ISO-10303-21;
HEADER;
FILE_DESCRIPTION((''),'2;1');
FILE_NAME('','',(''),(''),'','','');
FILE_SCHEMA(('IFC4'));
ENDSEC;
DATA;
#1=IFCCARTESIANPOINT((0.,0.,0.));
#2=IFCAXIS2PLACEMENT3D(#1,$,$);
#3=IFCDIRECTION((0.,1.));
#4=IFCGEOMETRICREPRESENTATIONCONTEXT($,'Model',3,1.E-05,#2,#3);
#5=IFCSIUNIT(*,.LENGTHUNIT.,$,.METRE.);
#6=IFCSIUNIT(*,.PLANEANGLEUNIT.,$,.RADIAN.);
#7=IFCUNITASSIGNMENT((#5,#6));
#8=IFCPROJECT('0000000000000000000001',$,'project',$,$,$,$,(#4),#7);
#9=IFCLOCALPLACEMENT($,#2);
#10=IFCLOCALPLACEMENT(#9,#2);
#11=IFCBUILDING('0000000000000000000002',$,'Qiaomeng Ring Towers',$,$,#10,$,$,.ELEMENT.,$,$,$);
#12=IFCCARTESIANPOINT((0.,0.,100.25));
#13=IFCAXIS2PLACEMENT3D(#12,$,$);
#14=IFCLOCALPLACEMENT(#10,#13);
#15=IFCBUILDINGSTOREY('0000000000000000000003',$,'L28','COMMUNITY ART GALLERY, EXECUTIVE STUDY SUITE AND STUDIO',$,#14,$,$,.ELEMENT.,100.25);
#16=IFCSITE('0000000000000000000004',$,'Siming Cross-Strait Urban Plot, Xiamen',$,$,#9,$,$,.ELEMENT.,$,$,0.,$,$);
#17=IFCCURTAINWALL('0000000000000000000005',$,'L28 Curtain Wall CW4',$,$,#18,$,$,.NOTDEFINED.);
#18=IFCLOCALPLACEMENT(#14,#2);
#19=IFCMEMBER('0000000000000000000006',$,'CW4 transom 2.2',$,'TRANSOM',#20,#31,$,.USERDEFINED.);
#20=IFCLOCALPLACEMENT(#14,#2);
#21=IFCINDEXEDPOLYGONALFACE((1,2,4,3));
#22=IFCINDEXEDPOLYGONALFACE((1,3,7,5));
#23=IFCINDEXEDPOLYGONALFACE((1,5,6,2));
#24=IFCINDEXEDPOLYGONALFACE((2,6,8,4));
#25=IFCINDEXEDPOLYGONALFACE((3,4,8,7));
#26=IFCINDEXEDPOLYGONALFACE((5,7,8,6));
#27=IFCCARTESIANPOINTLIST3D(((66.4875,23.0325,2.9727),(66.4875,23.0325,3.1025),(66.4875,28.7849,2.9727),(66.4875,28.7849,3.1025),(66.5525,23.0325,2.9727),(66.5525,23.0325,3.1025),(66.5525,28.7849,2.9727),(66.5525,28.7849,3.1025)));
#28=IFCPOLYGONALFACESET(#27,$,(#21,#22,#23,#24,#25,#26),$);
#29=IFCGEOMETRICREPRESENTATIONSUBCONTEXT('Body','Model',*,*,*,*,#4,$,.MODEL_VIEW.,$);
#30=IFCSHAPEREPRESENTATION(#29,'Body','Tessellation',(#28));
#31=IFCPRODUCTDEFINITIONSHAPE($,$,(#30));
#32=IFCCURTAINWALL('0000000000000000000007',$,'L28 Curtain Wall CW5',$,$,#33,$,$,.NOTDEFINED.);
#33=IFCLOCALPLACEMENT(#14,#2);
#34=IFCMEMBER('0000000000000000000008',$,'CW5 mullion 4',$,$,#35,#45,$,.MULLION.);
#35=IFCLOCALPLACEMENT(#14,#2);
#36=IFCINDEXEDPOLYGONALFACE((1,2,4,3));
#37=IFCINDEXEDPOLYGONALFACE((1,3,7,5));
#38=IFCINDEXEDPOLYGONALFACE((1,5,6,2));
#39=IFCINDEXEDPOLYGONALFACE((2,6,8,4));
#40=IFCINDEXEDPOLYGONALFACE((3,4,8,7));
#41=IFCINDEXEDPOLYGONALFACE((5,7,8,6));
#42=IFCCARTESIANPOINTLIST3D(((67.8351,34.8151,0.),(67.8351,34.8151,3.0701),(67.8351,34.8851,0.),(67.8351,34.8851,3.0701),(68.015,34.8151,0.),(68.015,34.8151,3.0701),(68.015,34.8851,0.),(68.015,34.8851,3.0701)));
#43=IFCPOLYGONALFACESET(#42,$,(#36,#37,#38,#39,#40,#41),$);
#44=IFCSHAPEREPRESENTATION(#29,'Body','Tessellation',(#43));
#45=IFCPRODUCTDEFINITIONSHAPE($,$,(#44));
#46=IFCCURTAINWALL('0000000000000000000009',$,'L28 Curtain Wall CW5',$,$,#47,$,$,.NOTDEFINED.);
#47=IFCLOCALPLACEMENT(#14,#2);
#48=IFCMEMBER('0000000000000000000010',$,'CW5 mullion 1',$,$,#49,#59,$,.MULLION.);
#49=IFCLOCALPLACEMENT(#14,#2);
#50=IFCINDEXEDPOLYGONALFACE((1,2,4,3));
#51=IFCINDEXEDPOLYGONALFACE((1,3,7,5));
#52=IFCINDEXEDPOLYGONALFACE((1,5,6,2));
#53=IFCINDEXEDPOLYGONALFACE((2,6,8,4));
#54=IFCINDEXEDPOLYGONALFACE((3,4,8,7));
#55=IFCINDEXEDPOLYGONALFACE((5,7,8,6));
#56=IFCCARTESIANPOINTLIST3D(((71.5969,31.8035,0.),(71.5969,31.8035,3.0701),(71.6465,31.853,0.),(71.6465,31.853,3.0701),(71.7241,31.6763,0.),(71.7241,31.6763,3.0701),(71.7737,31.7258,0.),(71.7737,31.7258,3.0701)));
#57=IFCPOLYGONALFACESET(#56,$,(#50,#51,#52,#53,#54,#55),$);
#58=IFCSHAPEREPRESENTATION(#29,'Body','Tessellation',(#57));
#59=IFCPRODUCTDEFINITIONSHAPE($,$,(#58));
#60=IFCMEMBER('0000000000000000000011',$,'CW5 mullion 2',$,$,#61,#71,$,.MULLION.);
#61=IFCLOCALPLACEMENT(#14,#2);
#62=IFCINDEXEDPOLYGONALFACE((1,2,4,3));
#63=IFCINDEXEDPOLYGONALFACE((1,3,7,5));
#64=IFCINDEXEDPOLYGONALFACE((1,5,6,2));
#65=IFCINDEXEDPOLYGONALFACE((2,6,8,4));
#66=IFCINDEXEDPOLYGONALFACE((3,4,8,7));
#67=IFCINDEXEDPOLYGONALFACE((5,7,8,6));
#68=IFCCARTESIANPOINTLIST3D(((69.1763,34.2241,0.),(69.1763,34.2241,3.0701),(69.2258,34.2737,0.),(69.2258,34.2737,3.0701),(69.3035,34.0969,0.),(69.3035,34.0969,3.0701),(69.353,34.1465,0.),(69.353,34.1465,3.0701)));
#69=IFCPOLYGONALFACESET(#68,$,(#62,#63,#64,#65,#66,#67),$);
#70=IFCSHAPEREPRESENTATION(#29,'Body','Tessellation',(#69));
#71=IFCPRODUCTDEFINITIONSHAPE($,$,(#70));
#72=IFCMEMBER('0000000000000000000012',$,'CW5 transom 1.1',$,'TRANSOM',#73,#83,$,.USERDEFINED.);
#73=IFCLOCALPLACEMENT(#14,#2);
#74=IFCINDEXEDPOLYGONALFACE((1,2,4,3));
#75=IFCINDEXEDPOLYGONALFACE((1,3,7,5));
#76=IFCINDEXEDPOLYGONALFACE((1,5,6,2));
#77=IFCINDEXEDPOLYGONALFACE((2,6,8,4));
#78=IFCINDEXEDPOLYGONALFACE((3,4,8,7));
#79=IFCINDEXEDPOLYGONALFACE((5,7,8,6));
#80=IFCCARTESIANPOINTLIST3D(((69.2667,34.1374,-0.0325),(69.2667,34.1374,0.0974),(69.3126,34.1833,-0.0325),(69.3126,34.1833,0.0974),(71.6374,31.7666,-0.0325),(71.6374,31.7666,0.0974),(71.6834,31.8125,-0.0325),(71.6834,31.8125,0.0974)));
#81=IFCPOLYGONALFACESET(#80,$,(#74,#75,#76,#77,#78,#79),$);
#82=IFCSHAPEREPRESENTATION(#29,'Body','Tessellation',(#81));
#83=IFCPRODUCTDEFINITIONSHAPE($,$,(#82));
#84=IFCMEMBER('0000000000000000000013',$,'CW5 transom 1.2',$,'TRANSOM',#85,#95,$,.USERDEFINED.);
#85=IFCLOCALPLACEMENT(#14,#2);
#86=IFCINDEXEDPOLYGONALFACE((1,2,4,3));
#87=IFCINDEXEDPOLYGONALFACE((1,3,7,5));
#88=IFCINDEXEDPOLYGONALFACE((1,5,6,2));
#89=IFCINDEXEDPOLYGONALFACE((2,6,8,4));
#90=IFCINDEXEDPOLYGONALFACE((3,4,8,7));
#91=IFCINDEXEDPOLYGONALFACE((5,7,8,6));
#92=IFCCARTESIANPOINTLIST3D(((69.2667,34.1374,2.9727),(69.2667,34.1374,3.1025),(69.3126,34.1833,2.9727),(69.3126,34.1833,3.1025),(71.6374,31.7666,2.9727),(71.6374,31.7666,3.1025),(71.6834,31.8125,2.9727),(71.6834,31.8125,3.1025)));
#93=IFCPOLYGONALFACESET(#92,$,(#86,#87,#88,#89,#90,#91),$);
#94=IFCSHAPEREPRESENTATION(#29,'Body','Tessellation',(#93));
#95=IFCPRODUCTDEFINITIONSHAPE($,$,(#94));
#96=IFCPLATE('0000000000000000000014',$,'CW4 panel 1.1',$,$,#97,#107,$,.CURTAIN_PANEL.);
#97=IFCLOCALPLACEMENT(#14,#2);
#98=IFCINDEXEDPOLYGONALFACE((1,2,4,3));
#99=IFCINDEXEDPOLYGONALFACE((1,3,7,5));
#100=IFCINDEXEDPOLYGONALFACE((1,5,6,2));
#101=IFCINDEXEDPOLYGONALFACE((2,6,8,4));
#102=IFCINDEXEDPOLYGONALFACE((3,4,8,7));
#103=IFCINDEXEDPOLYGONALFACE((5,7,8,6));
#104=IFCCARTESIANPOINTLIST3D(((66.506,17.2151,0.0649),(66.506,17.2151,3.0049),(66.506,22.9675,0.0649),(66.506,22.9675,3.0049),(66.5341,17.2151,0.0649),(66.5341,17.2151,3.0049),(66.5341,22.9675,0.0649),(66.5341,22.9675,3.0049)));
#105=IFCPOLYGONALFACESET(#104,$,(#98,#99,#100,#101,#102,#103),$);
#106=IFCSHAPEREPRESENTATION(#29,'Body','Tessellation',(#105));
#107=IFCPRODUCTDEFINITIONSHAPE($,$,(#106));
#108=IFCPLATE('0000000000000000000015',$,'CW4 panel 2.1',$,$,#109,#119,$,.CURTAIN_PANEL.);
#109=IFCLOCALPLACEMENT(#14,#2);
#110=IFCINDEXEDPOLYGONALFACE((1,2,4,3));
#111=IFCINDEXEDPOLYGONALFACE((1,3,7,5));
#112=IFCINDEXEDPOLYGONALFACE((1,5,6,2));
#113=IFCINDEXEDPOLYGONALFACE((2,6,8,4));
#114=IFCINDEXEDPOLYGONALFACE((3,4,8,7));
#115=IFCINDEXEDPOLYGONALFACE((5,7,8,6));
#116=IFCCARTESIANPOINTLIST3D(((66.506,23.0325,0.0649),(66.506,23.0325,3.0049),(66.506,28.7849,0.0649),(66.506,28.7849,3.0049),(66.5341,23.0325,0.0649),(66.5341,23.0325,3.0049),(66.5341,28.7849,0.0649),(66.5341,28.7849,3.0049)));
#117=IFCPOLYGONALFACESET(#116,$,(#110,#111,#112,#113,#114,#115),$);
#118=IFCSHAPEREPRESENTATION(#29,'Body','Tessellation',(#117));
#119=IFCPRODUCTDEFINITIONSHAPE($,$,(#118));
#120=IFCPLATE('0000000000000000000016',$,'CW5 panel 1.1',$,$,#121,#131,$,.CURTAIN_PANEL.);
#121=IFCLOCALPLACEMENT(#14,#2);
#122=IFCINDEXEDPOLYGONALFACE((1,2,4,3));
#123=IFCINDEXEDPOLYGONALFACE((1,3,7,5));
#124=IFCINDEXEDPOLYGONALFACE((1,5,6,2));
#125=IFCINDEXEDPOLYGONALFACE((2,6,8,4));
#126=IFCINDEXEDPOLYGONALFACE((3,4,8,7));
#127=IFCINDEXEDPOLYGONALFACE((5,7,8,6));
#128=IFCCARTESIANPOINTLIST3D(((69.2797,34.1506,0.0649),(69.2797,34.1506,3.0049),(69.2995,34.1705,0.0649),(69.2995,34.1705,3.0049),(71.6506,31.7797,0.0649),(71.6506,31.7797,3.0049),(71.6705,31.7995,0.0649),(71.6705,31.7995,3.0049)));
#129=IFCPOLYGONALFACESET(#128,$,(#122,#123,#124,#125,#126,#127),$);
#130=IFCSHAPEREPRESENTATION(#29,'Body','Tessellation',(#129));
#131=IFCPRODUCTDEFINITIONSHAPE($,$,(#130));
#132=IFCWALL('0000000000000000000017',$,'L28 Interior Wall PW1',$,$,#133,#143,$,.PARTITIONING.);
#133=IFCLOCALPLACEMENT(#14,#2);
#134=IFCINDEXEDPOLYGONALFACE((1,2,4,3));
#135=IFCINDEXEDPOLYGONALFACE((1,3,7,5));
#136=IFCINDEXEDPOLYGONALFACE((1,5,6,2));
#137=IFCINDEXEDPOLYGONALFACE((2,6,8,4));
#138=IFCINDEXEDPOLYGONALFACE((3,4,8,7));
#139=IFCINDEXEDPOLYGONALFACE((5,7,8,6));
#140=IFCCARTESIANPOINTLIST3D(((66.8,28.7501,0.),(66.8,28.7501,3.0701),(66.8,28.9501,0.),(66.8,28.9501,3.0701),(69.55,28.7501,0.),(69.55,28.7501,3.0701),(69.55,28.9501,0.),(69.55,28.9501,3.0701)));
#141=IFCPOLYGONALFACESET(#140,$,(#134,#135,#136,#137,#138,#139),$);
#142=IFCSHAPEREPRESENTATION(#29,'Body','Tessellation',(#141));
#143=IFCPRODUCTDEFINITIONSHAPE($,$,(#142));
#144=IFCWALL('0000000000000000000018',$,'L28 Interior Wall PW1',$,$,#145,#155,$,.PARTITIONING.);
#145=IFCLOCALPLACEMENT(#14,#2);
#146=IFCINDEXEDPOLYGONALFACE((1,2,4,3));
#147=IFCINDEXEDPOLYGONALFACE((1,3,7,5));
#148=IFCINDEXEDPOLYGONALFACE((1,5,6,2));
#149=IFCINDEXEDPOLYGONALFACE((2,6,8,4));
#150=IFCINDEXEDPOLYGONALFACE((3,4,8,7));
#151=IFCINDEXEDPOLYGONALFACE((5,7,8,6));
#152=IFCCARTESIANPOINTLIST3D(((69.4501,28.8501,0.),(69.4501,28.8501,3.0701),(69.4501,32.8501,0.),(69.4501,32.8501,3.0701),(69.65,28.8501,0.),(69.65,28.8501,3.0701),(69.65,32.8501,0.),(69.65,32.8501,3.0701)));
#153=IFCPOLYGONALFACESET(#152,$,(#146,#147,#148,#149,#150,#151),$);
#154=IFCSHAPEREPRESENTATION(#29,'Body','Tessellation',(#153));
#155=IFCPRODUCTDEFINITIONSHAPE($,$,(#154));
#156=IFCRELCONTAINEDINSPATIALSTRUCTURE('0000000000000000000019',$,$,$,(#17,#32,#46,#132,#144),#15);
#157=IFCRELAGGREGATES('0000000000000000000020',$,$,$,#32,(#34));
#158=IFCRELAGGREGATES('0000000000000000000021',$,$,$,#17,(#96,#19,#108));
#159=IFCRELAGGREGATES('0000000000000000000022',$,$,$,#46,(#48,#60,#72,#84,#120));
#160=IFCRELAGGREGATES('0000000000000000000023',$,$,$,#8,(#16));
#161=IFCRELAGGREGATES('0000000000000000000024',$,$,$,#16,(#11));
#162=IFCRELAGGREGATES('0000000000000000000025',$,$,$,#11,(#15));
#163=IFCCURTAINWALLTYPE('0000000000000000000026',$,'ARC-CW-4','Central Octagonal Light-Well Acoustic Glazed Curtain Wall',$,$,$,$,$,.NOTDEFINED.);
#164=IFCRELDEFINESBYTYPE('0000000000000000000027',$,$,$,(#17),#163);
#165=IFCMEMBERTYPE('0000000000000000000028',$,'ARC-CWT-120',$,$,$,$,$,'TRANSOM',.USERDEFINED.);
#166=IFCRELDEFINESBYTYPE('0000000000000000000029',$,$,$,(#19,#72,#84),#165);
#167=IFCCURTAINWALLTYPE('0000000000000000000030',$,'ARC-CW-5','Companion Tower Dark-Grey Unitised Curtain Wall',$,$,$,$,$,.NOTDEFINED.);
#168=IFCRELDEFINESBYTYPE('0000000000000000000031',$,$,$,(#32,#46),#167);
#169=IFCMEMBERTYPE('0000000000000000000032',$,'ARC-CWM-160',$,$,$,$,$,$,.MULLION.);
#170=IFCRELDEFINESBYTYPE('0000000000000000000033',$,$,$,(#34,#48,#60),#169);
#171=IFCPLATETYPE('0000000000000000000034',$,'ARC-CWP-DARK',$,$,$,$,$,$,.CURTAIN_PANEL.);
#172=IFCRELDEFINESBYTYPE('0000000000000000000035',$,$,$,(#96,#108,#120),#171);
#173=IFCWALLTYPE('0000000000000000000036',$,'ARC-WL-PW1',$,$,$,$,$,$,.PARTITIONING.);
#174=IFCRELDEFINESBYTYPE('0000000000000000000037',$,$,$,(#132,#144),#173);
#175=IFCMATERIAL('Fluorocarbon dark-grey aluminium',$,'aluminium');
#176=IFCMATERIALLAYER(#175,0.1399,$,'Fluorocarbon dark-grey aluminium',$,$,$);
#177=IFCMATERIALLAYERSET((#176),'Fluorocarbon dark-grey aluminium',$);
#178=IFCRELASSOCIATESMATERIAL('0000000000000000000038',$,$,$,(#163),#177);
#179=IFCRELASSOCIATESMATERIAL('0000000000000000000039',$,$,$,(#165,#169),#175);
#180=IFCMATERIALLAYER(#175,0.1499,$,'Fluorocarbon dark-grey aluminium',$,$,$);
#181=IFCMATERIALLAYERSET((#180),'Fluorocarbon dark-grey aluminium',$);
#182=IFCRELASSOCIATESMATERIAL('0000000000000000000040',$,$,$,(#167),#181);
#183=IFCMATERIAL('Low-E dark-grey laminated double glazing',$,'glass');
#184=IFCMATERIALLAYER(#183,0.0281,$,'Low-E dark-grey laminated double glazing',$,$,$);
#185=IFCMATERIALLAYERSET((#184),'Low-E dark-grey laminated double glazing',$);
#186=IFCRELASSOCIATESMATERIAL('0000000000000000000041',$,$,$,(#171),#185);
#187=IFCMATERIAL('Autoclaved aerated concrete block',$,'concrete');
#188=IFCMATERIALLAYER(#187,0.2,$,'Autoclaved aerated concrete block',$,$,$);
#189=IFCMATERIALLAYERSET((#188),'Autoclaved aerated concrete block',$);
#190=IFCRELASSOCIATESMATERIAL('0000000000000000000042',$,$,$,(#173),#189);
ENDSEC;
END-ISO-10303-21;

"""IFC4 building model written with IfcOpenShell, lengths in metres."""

from ifc_helpers import new_model, si_unit, direction, frame, frame_2d, origin, origin_2d, place, context, subcontext, project, spatial, rectangle, extrude, source, transform, mapped, material, layer, layer_set, material_profile, profile_set, type_object, element, aggregate, save


model = new_model("IFC4")

# Units and contexts
model_context = context("Model", 3, precision=1e-05, world=origin(), true_north=direction((0.0, 1.0)))
body_context = subcontext(model_context, "Body", "Model", "MODEL_VIEW")
ifc_project = project(units=[si_unit("LENGTHUNIT", "METRE"), si_unit("PLANEANGLEUNIT", "RADIAN")], contexts=[model_context])

# Site, building, storey
site_placement = place(None, origin())
site = spatial("IfcSite", under=ifc_project, at=site_placement, Name="Siming Cross-Strait Urban Plot, Xiamen", CompositionType="ELEMENT", RefElevation=0.0)
building_placement = place(site_placement, origin())
building = spatial("IfcBuilding", under=site, at=building_placement, Name="Qiaomeng Ring Towers", CompositionType="ELEMENT")
storey_placement = place(building_placement, frame((0.0, 0.0, 100.25)))
storey = spatial("IfcBuildingStorey", under=building, at=storey_placement, Name="L28", Description="COMMUNITY ART GALLERY, EXECUTIVE STUDY SUITE AND STUDIO", CompositionType="ELEMENT", Elevation=100.25)

# Curtain wall, member
ifc_material_1 = material(Name="Fluorocarbon dark-grey aluminium", Category="aluminium")
ifc_layer_1 = layer(ifc_material_1, 0.1399, Name="Fluorocarbon dark-grey aluminium")
ifc_layer_set_1 = layer_set([ifc_layer_1], Name="Fluorocarbon dark-grey aluminium")
curtain_wall_type_1 = type_object("IfcCurtainWallType", Name="ARC-CW-4", Description="Central Octagonal Light-Well Acoustic Glazed Curtain Wall", PredefinedType="NOTDEFINED", material=ifc_layer_set_1)
curtain_wall_1_placement = place(storey_placement, origin())
curtain_wall_1 = element("IfcCurtainWall", 1, at=curtain_wall_1_placement, inside=storey, type_object=curtain_wall_type_1, Name="L28 Curtain Wall CW4", PredefinedType="NOTDEFINED")
ifc_material_profile_1 = material_profile(ifc_material_1, rectangle(XDim=0.0649, YDim=0.1299, at=origin_2d()), Name="ALU TRAN 65x130")
ifc_profile_set_1 = profile_set([ifc_material_profile_1], Name="Fluorocarbon dark-grey aluminium")
member_type_1 = type_object("IfcMemberType", Name="ARC-CWT-120", ElementType="TRANSOM", PredefinedType="USERDEFINED", material=ifc_profile_set_1)
shared_shape_1 = source(origin(), body_context, "Body", "SweptSolid", [
    extrude(rectangle(XDim=0.0649, YDim=0.1299, at=origin_2d()), origin(), (0.0, 0.0, 1.0), 5.7524),
])
member_1_placement = place(storey_placement, frame((66.52, 23.0325, 3.0376), z_axis=(0.0, 1.0, 0.0), x_axis=(-1.0, 0.0, 0.0)))
member_1 = element("IfcMember", 2, at=member_1_placement, type_object=member_type_1, Name="CW4 transom 2.2", ObjectType="TRANSOM", PredefinedType="USERDEFINED", context=body_context, shape_type="MappedRepresentation", body=[
    mapped(shared_shape_1, transform((0.0, 0.0, 0.0), x_axis=(1.0, 0.0, 0.0), y_axis=(0.0, 1.0, 0.0), z_axis=(0.0, 0.0, 1.0), scale=1.0)),
])

# Curtain wall, member
ifc_layer_2 = layer(ifc_material_1, 0.1499, Name="Fluorocarbon dark-grey aluminium")
ifc_layer_set_2 = layer_set([ifc_layer_2], Name="Fluorocarbon dark-grey aluminium")
curtain_wall_type_2 = type_object("IfcCurtainWallType", Name="ARC-CW-5", Description="Companion Tower Dark-Grey Unitised Curtain Wall", PredefinedType="NOTDEFINED", material=ifc_layer_set_2)
curtain_wall_2_placement = place(storey_placement, origin())
curtain_wall_2 = element("IfcCurtainWall", 3, at=curtain_wall_2_placement, inside=storey, type_object=curtain_wall_type_2, Name="L28 Curtain Wall CW5", PredefinedType="NOTDEFINED")
ifc_material_profile_2 = material_profile(ifc_material_1, rectangle(XDim=0.0701, YDim=0.1799, at=origin_2d()), Name="ALU MULL 70x180")
ifc_profile_set_2 = profile_set([ifc_material_profile_2], Name="Fluorocarbon dark-grey aluminium")
member_type_2 = type_object("IfcMemberType", Name="ARC-CWM-160", PredefinedType="MULLION", material=ifc_profile_set_2)
shared_shape_2 = source(origin(), body_context, "Body", "SweptSolid", [
    extrude(rectangle(XDim=0.0701, YDim=0.1799, at=origin_2d()), origin(), (0.0, 0.0, 1.0), 3.0701),
])
member_2_placement = place(storey_placement, frame((67.925, 34.8501, 0.0), z_axis=(0.0, 0.0, 1.0), x_axis=(0.0, 1.0, 0.0)))
member_2 = element("IfcMember", 4, at=member_2_placement, type_object=member_type_2, Name="CW5 mullion 4", PredefinedType="MULLION", context=body_context, shape_type="MappedRepresentation", body=[
    mapped(shared_shape_2, transform((0.0, 0.0, 0.0), x_axis=(1.0, 0.0, 0.0), y_axis=(0.0, 1.0, 0.0), z_axis=(0.0, 0.0, 1.0), scale=1.0)),
])
aggregate(curtain_wall_2, [member_2])

# Curtain wall, members
curtain_wall_3_placement = place(storey_placement, origin())
curtain_wall_3 = element("IfcCurtainWall", 5, at=curtain_wall_3_placement, inside=storey, type_object=curtain_wall_type_2, Name="L28 Curtain Wall CW5", PredefinedType="NOTDEFINED")
member_3_placement = place(storey_placement, frame((71.6853, 31.7646, 0.0), z_axis=(0.0, 0.0, 1.0), x_axis=(-0.707107, -0.707107, 0.0)))
member_3 = element("IfcMember", 6, at=member_3_placement, type_object=member_type_2, Name="CW5 mullion 1", PredefinedType="MULLION", context=body_context, shape_type="MappedRepresentation", body=[
    mapped(shared_shape_2, transform((0.0, 0.0, 0.0), x_axis=(1.0, 0.0, 0.0), y_axis=(0.0, 1.0, 0.0), z_axis=(0.0, 0.0, 1.0), scale=1.0)),
])
member_4_placement = place(storey_placement, frame((69.2646, 34.1853, 0.0), z_axis=(0.0, 0.0, 1.0), x_axis=(-0.707107, -0.707107, 0.0)))
member_4 = element("IfcMember", 7, at=member_4_placement, type_object=member_type_2, Name="CW5 mullion 2", PredefinedType="MULLION", context=body_context, shape_type="MappedRepresentation", body=[
    mapped(shared_shape_2, transform((0.0, 0.0, 0.0), x_axis=(1.0, 0.0, 0.0), y_axis=(0.0, 1.0, 0.0), z_axis=(0.0, 0.0, 1.0), scale=1.0)),
])
shared_shape_3 = source(origin(), body_context, "Body", "SweptSolid", [
    extrude(rectangle(XDim=0.0649, YDim=0.1299, at=origin_2d()), origin(), (0.0, 0.0, 1.0), 3.3528),
])
member_5_placement = place(storey_placement, frame((71.6604, 31.7896, 0.0325), z_axis=(-0.707107, 0.707107, 0.0), x_axis=(-0.707107, -0.707107, 0.0)))
member_5 = element("IfcMember", 8, at=member_5_placement, type_object=member_type_1, Name="CW5 transom 1.1", ObjectType="TRANSOM", PredefinedType="USERDEFINED", context=body_context, shape_type="MappedRepresentation", body=[
    mapped(shared_shape_3, transform((0.0, 0.0, 0.0), x_axis=(1.0, 0.0, 0.0), y_axis=(0.0, 1.0, 0.0), z_axis=(0.0, 0.0, 1.0), scale=1.0)),
])
member_6_placement = place(storey_placement, frame((71.6604, 31.7896, 3.0376), z_axis=(-0.707107, 0.707107, 0.0), x_axis=(-0.707107, -0.707107, 0.0)))
member_6 = element("IfcMember", 9, at=member_6_placement, type_object=member_type_1, Name="CW5 transom 1.2", ObjectType="TRANSOM", PredefinedType="USERDEFINED", context=body_context, shape_type="MappedRepresentation", body=[
    mapped(shared_shape_3, transform((0.0, 0.0, 0.0), x_axis=(1.0, 0.0, 0.0), y_axis=(0.0, 1.0, 0.0), z_axis=(0.0, 0.0, 1.0), scale=1.0)),
])

# Plates
ifc_material_2 = material(Name="Low-E dark-grey laminated double glazing", Category="glass")
ifc_layer_3 = layer(ifc_material_2, 0.0281, Name="Low-E dark-grey laminated double glazing")
ifc_layer_set_3 = layer_set([ifc_layer_3], Name="Low-E dark-grey laminated double glazing")
plate_type = type_object("IfcPlateType", Name="ARC-CWP-DARK", PredefinedType="CURTAIN_PANEL", material=ifc_layer_set_3)
shared_shape_4 = source(origin(), body_context, "Body", "SweptSolid", [
    extrude(rectangle(XDim=5.7524, YDim=0.0281, at=origin_2d()), origin(), (0.0, 0.0, 1.0), 2.9399),
])
plate_1_placement = place(storey_placement, frame((66.52, 20.0913, 0.0649), z_axis=(0.0, 0.0, 1.0), x_axis=(0.0, 1.0, 0.0)))
plate_1 = element("IfcPlate", 10, at=plate_1_placement, type_object=plate_type, Name="CW4 panel 1.1", PredefinedType="CURTAIN_PANEL", context=body_context, shape_type="MappedRepresentation", body=[
    mapped(shared_shape_4, transform((0.0, 0.0, 0.0), x_axis=(1.0, 0.0, 0.0), y_axis=(0.0, 1.0, 0.0), z_axis=(0.0, 0.0, 1.0), scale=1.0)),
])
plate_2_placement = place(storey_placement, frame((66.52, 25.9087, 0.0649), z_axis=(0.0, 0.0, 1.0), x_axis=(0.0, 1.0, 0.0)))
plate_2 = element("IfcPlate", 11, at=plate_2_placement, type_object=plate_type, Name="CW4 panel 2.1", PredefinedType="CURTAIN_PANEL", context=body_context, shape_type="MappedRepresentation", body=[
    mapped(shared_shape_4, transform((0.0, 0.0, 0.0), x_axis=(1.0, 0.0, 0.0), y_axis=(0.0, 1.0, 0.0), z_axis=(0.0, 0.0, 1.0), scale=1.0)),
])
aggregate(curtain_wall_1, [plate_1, member_1, plate_2])
shared_shape_5 = source(origin(), body_context, "Body", "SweptSolid", [
    extrude(rectangle(XDim=3.353, YDim=0.0281, at=origin_2d()), origin(), (0.0, 0.0, 1.0), 2.9399),
])
plate_3_placement = place(storey_placement, frame((70.4751, 32.9751, 0.0649), z_axis=(0.0, 0.0, 1.0), x_axis=(-0.707107, 0.707107, 0.0)))
plate_3 = element("IfcPlate", 12, at=plate_3_placement, type_object=plate_type, Name="CW5 panel 1.1", PredefinedType="CURTAIN_PANEL", context=body_context, shape_type="MappedRepresentation", body=[
    mapped(shared_shape_5, transform((0.0, 0.0, 0.0), x_axis=(1.0, 0.0, 0.0), y_axis=(0.0, 1.0, 0.0), z_axis=(0.0, 0.0, 1.0), scale=1.0)),
])
aggregate(curtain_wall_3, [member_3, member_4, member_5, member_6, plate_3])

# Walls
ifc_material_3 = material(Name="Autoclaved aerated concrete block", Category="concrete")
ifc_layer_4 = layer(ifc_material_3, 0.2, Name="Autoclaved aerated concrete block")
ifc_layer_set_4 = layer_set([ifc_layer_4], Name="Autoclaved aerated concrete block")
wall_type_1 = type_object("IfcWallType", Name="ARC-WL-PW1", PredefinedType="PARTITIONING", material=ifc_layer_set_4)
wall_1_placement = place(storey_placement, frame((66.8, 28.8501, 0.0), z_axis=(0.0, 0.0, 1.0), x_axis=(1.0, 0.0, 0.0)))
element("IfcWall", 13, at=wall_1_placement, inside=storey, type_object=wall_type_1, Name="L28 Interior Wall PW1", PredefinedType="PARTITIONING", context=body_context, shape_type="SweptSolid", body=[
    extrude(rectangle(XDim=2.75, YDim=0.2, at=frame_2d((1.375, 0.0))), origin(), (0.0, 0.0, 1.0), 3.0701),
])
wall_2_placement = place(storey_placement, frame((69.55, 28.8501, 0.0), z_axis=(0.0, 0.0, 1.0), x_axis=(0.0, 1.0, 0.0)))
element("IfcWall", 14, at=wall_2_placement, inside=storey, type_object=wall_type_1, Name="L28 Interior Wall PW1", PredefinedType="PARTITIONING", context=body_context, shape_type="SweptSolid", body=[
    extrude(rectangle(XDim=4.0, YDim=0.2, at=frame_2d((2.0, 0.0))), origin(), (0.0, 0.0, 1.0), 3.0701),
])

save(model, "model.ifc")
